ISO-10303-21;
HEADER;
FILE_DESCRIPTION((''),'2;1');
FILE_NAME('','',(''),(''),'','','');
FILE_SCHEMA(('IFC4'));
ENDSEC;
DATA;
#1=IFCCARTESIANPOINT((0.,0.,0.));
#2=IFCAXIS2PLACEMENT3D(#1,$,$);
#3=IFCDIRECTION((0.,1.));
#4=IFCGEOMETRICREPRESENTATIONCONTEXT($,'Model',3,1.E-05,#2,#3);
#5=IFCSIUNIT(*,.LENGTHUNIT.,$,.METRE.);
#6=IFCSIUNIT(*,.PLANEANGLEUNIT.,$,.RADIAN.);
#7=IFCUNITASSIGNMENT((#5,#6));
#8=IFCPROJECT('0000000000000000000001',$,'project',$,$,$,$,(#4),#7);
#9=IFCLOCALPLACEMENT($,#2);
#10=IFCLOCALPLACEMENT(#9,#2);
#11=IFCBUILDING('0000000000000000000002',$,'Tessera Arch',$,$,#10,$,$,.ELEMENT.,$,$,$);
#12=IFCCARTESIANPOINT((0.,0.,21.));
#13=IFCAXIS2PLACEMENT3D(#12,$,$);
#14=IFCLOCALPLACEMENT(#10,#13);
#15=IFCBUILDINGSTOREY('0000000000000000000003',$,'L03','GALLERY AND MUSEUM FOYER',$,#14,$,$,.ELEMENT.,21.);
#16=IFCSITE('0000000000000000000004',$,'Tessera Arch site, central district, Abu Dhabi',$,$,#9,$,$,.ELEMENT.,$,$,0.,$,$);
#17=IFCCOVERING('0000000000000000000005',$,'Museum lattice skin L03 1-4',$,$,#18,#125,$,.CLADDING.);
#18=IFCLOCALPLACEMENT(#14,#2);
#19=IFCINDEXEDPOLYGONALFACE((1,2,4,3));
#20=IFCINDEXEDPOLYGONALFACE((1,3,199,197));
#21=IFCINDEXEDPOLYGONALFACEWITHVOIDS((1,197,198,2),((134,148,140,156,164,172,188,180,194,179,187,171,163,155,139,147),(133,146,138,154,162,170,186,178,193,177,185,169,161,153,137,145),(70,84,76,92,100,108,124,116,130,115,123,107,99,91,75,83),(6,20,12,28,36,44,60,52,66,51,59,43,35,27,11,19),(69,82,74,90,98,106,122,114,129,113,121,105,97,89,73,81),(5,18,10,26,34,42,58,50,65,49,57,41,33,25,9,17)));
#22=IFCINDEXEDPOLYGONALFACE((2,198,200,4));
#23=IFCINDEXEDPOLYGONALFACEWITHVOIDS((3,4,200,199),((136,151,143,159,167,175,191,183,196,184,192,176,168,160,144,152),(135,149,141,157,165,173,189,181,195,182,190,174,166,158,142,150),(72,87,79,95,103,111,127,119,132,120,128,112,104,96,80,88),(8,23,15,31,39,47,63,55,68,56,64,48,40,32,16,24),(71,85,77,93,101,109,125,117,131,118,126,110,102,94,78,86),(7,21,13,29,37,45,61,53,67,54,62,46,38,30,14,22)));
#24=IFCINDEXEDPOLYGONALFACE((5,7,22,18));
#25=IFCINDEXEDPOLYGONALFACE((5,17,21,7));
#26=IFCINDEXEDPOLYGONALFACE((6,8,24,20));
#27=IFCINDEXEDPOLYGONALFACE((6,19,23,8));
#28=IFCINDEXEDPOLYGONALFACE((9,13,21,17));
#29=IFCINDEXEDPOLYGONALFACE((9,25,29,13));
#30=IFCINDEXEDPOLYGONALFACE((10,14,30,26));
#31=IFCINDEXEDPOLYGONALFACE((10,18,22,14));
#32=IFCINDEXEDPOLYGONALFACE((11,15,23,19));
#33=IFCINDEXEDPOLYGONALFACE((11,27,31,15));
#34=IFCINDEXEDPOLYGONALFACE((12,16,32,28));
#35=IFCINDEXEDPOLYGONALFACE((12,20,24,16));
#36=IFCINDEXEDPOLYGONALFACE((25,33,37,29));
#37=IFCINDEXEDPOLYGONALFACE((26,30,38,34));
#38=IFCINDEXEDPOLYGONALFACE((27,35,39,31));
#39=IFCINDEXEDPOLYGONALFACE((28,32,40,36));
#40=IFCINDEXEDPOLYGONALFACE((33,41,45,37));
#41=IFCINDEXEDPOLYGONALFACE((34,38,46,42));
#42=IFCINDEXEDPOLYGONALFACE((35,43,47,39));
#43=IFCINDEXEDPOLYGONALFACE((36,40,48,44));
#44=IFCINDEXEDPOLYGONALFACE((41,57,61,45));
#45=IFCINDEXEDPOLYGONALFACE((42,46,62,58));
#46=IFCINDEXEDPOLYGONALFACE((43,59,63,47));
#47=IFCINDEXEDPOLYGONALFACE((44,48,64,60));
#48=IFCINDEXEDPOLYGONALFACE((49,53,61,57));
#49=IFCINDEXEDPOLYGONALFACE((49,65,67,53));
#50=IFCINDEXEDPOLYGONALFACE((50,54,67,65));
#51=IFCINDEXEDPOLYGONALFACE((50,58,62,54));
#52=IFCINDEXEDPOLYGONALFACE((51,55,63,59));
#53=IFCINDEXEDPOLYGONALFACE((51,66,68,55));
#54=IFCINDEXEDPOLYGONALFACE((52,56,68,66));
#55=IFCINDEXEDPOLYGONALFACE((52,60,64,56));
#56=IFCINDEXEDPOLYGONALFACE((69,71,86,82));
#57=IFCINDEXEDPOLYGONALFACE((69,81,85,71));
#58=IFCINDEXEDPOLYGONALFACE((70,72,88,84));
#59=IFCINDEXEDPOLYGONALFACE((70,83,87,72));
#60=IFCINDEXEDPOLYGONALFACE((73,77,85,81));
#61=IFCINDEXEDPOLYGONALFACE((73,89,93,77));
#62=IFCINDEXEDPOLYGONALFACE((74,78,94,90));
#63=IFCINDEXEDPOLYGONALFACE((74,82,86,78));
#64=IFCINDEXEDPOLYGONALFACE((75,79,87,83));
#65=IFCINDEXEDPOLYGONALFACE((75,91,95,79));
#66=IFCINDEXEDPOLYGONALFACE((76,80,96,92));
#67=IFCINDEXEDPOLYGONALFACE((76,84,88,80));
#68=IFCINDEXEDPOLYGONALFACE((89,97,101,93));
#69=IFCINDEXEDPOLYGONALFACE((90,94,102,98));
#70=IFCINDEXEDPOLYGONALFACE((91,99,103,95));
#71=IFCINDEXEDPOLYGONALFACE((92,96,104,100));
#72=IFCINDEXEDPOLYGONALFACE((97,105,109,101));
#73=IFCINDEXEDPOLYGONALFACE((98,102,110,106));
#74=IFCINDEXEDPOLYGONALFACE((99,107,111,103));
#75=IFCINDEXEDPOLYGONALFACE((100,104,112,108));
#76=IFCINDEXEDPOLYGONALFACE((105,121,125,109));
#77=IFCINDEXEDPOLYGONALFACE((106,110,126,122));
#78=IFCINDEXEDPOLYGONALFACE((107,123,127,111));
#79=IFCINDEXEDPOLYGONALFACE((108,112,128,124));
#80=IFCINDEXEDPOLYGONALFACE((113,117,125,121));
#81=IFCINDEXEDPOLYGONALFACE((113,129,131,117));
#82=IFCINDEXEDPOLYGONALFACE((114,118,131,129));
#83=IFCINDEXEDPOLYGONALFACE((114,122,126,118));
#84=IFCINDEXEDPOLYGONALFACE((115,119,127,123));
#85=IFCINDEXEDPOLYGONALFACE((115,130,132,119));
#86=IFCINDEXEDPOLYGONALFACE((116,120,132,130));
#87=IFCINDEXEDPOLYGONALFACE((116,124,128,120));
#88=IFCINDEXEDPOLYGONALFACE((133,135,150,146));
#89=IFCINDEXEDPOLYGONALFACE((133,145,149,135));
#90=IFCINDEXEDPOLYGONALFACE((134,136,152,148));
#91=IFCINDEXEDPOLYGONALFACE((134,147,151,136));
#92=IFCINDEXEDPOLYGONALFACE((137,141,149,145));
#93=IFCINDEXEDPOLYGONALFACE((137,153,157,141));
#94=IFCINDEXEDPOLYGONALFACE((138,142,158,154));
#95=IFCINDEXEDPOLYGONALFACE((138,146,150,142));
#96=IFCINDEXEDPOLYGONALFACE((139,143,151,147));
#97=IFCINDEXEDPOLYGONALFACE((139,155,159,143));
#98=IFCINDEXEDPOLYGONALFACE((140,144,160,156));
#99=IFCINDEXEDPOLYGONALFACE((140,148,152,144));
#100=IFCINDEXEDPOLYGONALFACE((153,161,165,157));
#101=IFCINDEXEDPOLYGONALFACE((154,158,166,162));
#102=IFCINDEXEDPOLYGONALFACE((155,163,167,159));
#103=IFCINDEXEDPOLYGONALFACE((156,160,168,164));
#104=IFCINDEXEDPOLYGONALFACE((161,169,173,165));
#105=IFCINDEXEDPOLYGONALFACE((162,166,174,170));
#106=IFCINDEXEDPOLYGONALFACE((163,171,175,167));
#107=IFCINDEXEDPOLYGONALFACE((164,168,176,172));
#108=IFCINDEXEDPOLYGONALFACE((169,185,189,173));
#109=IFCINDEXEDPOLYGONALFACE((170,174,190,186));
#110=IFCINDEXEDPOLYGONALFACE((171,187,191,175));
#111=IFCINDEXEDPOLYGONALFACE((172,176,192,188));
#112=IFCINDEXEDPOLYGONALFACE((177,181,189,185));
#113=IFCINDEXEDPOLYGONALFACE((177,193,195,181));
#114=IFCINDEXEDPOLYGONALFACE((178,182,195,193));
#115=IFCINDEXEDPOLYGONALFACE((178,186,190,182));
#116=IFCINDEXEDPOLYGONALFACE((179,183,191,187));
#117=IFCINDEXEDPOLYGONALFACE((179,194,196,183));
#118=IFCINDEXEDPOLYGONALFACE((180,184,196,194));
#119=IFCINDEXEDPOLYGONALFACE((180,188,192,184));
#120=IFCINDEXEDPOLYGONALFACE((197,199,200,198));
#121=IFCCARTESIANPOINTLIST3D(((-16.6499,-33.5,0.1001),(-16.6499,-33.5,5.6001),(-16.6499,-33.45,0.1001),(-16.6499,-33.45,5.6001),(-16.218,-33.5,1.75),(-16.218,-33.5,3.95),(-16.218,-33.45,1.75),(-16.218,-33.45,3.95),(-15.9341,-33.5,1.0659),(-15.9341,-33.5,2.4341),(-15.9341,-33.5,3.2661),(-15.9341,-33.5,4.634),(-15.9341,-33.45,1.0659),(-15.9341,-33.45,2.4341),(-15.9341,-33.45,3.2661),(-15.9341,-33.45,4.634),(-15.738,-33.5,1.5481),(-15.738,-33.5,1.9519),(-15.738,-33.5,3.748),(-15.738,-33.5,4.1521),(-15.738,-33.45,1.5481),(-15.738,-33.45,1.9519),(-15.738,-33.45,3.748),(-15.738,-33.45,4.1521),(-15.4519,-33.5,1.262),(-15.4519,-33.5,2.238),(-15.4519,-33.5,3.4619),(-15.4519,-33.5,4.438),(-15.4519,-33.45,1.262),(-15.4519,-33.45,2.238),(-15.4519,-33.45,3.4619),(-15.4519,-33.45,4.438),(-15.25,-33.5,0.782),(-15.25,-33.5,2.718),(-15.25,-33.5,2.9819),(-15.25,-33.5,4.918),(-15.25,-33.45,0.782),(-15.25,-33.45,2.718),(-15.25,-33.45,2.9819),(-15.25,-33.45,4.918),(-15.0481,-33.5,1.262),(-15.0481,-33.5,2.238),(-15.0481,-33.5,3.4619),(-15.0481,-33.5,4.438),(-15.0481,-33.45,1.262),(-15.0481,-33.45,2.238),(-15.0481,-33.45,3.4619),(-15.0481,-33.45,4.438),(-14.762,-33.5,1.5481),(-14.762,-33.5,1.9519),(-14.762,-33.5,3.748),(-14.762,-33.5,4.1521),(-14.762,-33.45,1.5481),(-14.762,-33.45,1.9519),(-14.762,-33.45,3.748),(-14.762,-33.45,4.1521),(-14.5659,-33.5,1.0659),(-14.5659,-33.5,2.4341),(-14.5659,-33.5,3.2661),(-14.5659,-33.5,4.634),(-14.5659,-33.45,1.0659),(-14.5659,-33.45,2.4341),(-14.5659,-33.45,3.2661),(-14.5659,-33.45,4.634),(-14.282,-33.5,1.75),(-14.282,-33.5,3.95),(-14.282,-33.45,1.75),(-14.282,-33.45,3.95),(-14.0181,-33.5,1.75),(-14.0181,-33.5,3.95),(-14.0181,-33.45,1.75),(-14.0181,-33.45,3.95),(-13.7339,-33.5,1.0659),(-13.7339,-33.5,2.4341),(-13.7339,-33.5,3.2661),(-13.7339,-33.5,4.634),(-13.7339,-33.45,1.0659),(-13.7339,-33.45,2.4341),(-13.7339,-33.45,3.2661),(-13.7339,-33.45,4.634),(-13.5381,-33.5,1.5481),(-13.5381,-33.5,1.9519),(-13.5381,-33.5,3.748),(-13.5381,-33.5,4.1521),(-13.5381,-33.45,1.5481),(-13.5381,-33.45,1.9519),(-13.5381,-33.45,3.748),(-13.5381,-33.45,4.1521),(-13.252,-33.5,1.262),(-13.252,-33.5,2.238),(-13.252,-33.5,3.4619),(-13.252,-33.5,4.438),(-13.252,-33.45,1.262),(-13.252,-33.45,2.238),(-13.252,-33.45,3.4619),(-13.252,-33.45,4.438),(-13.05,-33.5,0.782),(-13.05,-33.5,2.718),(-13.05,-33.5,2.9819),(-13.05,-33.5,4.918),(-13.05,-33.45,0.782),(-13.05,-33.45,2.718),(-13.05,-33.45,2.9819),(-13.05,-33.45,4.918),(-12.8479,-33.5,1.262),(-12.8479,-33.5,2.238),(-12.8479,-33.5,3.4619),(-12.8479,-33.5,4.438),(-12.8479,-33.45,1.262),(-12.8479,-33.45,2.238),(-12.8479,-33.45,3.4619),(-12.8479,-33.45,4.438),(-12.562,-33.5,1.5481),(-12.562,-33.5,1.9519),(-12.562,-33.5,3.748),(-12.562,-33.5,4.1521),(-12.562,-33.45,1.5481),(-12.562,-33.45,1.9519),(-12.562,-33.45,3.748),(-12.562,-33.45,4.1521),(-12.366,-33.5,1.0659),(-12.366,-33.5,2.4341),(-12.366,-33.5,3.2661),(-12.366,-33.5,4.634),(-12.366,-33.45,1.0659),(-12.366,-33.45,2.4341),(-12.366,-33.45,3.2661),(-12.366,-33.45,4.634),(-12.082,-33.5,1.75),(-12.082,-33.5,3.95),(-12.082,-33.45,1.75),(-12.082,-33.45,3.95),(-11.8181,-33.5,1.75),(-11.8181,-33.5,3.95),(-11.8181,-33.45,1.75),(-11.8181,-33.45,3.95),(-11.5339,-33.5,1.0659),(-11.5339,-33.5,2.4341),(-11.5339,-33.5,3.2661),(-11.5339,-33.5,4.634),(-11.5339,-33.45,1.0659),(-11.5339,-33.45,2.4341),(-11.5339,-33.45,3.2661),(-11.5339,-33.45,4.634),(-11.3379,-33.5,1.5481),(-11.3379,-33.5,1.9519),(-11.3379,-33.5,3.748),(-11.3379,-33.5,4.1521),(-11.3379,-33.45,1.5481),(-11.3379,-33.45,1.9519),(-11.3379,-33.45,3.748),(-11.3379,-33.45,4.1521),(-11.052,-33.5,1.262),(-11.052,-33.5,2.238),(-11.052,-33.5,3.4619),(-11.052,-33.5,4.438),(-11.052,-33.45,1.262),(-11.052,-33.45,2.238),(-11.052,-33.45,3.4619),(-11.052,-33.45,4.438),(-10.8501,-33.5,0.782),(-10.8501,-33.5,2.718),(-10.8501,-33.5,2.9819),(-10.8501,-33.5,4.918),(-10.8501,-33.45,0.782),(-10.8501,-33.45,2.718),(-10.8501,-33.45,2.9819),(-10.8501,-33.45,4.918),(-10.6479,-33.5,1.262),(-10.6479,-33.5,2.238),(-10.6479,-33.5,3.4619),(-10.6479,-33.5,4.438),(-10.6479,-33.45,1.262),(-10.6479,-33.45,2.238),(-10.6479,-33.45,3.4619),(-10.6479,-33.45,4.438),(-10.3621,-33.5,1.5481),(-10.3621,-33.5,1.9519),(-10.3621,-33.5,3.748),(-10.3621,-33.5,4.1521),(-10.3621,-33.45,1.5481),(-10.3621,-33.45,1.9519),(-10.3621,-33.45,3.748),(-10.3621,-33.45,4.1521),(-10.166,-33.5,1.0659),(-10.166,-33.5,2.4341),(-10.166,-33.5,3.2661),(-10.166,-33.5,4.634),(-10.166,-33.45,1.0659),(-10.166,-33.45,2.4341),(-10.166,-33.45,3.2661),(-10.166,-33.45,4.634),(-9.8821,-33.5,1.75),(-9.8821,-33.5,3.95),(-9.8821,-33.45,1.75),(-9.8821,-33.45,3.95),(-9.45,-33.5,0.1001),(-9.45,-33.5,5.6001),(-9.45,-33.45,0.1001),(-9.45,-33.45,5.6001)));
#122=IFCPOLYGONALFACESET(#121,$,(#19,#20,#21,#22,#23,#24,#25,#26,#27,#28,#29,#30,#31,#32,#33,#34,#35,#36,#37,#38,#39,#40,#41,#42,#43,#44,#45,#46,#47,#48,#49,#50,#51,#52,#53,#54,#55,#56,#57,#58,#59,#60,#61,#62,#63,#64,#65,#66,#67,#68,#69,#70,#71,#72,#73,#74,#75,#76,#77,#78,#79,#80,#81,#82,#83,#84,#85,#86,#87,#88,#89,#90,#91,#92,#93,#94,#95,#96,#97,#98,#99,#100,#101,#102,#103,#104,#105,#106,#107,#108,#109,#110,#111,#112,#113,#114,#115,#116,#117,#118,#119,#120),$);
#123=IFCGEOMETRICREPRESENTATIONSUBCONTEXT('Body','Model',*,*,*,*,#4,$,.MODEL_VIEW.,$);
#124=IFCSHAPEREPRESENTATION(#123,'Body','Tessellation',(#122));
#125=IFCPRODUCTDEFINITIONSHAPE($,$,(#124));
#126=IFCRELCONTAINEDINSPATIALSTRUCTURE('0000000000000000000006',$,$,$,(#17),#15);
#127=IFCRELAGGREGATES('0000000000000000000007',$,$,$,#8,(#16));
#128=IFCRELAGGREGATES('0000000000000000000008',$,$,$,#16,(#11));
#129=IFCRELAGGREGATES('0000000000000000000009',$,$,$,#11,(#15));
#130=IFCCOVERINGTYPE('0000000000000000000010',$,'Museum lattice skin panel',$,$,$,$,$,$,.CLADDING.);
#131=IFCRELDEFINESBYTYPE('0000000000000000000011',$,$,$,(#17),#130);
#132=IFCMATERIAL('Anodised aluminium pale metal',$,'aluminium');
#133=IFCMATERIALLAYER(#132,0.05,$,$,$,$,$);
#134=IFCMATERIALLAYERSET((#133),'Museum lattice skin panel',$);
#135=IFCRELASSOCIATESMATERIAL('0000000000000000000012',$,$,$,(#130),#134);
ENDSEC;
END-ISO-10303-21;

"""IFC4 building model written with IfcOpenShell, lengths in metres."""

from ifc_helpers import new_model, si_unit, direction, frame, origin, place, context, subcontext, project, spatial, polyline, outline, extrude, material, layer, layer_set, type_object, element, save


model = new_model("IFC4")

# Units and contexts
model_context = context("Model", 3, precision=1e-05, world=origin(), true_north=direction((0.0, 1.0)))
body_context = subcontext(model_context, "Body", "Model", "MODEL_VIEW")
ifc_project = project(units=[si_unit("LENGTHUNIT", "METRE"), si_unit("PLANEANGLEUNIT", "RADIAN")], contexts=[model_context])

# Site, building, storey
site_placement = place(None, origin())
site = spatial("IfcSite", under=ifc_project, at=site_placement, Name="Tessera Arch site, central district, Abu Dhabi", CompositionType="ELEMENT", RefElevation=0.0)
building_placement = place(site_placement, origin())
building = spatial("IfcBuilding", under=site, at=building_placement, Name="Tessera Arch", CompositionType="ELEMENT")
storey_placement = place(building_placement, frame((0.0, 0.0, 21.0)))
storey = spatial("IfcBuildingStorey", under=building, at=storey_placement, Name="L03", Description="GALLERY AND MUSEUM FOYER", CompositionType="ELEMENT", Elevation=21.0)

# Covering
ifc_material_1 = material(Name="Anodised aluminium pale metal", Category="aluminium")
ifc_layer_1 = layer(ifc_material_1, 0.05)
ifc_layer_set_1 = layer_set([ifc_layer_1], Name="Museum lattice skin panel")
covering_type_1 = type_object("IfcCoveringType", Name="Museum lattice skin panel", PredefinedType="CLADDING", material=ifc_layer_set_1)
covering_1_placement = place(storey_placement, frame((-16.6499, -33.45, 5.6001), z_axis=(0.0, 1.0, 0.0), x_axis=(1.0, 0.0, 0.0)))
element("IfcCovering", 1, at=covering_1_placement, inside=storey, type_object=covering_type_1, Name="Museum lattice skin L03 1-4", PredefinedType="CLADDING", context=body_context, shape_type="SweptSolid", body=[
    extrude(outline(polyline([(0.0, 0.0), (7.2, 0.0), (7.2, 5.5), (0.0, 5.5), (0.0, 0.0)]), holes=[polyline([(2.3679, 3.8501), (1.8879, 3.6482), (2.084, 3.166), (1.6018, 3.3621), (1.3999, 2.8821), (1.198, 3.3621), (0.7158, 3.166), (0.9119, 3.6482), (0.4319, 3.8501), (0.9119, 4.052), (0.7158, 4.5342), (1.198, 4.3381), (1.3999, 4.8181), (1.6018, 4.3381), (2.084, 4.5342), (1.8879, 4.052), (2.3679, 3.8501)]), polyline([(2.3679, 1.6501), (1.8879, 1.448), (2.084, 0.9661), (1.6018, 1.1621), (1.3999, 0.6821), (1.198, 1.1621), (0.7158, 0.9661), (0.9119, 1.448), (0.4319, 1.6501), (0.9119, 1.8521), (0.7158, 2.334), (1.198, 2.1382), (1.3999, 2.6182), (1.6018, 2.1382), (2.084, 2.334), (1.8879, 1.8521), (2.3679, 1.6501)]), polyline([(4.5679, 3.8501), (4.0879, 3.6482), (4.2839, 3.166), (3.802, 3.3621), (3.5999, 2.8821), (3.3979, 3.3621), (2.916, 3.166), (3.1118, 3.6482), (2.6318, 3.8501), (3.1118, 4.052), (2.916, 4.5342), (3.3979, 4.3381), (3.5999, 4.8181), (3.802, 4.3381), (4.2839, 4.5342), (4.0879, 4.052), (4.5679, 3.8501)]), polyline([(4.5679, 1.6501), (4.0879, 1.448), (4.2839, 0.9661), (3.802, 1.1621), (3.5999, 0.6821), (3.3979, 1.1621), (2.916, 0.9661), (3.1118, 1.448), (2.6318, 1.6501), (3.1118, 1.8521), (2.916, 2.334), (3.3979, 2.1382), (3.5999, 2.6182), (3.802, 2.1382), (4.2839, 2.334), (4.0879, 1.8521), (4.5679, 1.6501)]), polyline([(6.7678, 3.8501), (6.2878, 3.6482), (6.4839, 3.166), (6.002, 3.3621), (5.7998, 2.8821), (5.5979, 3.3621), (5.116, 3.166), (5.312, 3.6482), (4.8318, 3.8501), (5.312, 4.052), (5.116, 4.5342), (5.5979, 4.3381), (5.7998, 4.8181), (6.002, 4.3381), (6.4839, 4.5342), (6.2878, 4.052), (6.7678, 3.8501)]), polyline([(6.7678, 1.6501), (6.2878, 1.448), (6.4839, 0.9661), (6.002, 1.1621), (5.7998, 0.6821), (5.5979, 1.1621), (5.116, 0.9661), (5.312, 1.448), (4.8318, 1.6501), (5.312, 1.8521), (5.116, 2.334), (5.5979, 2.1382), (5.7998, 2.6182), (6.002, 2.1382), (6.4839, 2.334), (6.2878, 1.8521), (6.7678, 1.6501)])]), origin(), (0.0, 0.0, -1.0), 0.05),
])

save(model, "model.ifc")
